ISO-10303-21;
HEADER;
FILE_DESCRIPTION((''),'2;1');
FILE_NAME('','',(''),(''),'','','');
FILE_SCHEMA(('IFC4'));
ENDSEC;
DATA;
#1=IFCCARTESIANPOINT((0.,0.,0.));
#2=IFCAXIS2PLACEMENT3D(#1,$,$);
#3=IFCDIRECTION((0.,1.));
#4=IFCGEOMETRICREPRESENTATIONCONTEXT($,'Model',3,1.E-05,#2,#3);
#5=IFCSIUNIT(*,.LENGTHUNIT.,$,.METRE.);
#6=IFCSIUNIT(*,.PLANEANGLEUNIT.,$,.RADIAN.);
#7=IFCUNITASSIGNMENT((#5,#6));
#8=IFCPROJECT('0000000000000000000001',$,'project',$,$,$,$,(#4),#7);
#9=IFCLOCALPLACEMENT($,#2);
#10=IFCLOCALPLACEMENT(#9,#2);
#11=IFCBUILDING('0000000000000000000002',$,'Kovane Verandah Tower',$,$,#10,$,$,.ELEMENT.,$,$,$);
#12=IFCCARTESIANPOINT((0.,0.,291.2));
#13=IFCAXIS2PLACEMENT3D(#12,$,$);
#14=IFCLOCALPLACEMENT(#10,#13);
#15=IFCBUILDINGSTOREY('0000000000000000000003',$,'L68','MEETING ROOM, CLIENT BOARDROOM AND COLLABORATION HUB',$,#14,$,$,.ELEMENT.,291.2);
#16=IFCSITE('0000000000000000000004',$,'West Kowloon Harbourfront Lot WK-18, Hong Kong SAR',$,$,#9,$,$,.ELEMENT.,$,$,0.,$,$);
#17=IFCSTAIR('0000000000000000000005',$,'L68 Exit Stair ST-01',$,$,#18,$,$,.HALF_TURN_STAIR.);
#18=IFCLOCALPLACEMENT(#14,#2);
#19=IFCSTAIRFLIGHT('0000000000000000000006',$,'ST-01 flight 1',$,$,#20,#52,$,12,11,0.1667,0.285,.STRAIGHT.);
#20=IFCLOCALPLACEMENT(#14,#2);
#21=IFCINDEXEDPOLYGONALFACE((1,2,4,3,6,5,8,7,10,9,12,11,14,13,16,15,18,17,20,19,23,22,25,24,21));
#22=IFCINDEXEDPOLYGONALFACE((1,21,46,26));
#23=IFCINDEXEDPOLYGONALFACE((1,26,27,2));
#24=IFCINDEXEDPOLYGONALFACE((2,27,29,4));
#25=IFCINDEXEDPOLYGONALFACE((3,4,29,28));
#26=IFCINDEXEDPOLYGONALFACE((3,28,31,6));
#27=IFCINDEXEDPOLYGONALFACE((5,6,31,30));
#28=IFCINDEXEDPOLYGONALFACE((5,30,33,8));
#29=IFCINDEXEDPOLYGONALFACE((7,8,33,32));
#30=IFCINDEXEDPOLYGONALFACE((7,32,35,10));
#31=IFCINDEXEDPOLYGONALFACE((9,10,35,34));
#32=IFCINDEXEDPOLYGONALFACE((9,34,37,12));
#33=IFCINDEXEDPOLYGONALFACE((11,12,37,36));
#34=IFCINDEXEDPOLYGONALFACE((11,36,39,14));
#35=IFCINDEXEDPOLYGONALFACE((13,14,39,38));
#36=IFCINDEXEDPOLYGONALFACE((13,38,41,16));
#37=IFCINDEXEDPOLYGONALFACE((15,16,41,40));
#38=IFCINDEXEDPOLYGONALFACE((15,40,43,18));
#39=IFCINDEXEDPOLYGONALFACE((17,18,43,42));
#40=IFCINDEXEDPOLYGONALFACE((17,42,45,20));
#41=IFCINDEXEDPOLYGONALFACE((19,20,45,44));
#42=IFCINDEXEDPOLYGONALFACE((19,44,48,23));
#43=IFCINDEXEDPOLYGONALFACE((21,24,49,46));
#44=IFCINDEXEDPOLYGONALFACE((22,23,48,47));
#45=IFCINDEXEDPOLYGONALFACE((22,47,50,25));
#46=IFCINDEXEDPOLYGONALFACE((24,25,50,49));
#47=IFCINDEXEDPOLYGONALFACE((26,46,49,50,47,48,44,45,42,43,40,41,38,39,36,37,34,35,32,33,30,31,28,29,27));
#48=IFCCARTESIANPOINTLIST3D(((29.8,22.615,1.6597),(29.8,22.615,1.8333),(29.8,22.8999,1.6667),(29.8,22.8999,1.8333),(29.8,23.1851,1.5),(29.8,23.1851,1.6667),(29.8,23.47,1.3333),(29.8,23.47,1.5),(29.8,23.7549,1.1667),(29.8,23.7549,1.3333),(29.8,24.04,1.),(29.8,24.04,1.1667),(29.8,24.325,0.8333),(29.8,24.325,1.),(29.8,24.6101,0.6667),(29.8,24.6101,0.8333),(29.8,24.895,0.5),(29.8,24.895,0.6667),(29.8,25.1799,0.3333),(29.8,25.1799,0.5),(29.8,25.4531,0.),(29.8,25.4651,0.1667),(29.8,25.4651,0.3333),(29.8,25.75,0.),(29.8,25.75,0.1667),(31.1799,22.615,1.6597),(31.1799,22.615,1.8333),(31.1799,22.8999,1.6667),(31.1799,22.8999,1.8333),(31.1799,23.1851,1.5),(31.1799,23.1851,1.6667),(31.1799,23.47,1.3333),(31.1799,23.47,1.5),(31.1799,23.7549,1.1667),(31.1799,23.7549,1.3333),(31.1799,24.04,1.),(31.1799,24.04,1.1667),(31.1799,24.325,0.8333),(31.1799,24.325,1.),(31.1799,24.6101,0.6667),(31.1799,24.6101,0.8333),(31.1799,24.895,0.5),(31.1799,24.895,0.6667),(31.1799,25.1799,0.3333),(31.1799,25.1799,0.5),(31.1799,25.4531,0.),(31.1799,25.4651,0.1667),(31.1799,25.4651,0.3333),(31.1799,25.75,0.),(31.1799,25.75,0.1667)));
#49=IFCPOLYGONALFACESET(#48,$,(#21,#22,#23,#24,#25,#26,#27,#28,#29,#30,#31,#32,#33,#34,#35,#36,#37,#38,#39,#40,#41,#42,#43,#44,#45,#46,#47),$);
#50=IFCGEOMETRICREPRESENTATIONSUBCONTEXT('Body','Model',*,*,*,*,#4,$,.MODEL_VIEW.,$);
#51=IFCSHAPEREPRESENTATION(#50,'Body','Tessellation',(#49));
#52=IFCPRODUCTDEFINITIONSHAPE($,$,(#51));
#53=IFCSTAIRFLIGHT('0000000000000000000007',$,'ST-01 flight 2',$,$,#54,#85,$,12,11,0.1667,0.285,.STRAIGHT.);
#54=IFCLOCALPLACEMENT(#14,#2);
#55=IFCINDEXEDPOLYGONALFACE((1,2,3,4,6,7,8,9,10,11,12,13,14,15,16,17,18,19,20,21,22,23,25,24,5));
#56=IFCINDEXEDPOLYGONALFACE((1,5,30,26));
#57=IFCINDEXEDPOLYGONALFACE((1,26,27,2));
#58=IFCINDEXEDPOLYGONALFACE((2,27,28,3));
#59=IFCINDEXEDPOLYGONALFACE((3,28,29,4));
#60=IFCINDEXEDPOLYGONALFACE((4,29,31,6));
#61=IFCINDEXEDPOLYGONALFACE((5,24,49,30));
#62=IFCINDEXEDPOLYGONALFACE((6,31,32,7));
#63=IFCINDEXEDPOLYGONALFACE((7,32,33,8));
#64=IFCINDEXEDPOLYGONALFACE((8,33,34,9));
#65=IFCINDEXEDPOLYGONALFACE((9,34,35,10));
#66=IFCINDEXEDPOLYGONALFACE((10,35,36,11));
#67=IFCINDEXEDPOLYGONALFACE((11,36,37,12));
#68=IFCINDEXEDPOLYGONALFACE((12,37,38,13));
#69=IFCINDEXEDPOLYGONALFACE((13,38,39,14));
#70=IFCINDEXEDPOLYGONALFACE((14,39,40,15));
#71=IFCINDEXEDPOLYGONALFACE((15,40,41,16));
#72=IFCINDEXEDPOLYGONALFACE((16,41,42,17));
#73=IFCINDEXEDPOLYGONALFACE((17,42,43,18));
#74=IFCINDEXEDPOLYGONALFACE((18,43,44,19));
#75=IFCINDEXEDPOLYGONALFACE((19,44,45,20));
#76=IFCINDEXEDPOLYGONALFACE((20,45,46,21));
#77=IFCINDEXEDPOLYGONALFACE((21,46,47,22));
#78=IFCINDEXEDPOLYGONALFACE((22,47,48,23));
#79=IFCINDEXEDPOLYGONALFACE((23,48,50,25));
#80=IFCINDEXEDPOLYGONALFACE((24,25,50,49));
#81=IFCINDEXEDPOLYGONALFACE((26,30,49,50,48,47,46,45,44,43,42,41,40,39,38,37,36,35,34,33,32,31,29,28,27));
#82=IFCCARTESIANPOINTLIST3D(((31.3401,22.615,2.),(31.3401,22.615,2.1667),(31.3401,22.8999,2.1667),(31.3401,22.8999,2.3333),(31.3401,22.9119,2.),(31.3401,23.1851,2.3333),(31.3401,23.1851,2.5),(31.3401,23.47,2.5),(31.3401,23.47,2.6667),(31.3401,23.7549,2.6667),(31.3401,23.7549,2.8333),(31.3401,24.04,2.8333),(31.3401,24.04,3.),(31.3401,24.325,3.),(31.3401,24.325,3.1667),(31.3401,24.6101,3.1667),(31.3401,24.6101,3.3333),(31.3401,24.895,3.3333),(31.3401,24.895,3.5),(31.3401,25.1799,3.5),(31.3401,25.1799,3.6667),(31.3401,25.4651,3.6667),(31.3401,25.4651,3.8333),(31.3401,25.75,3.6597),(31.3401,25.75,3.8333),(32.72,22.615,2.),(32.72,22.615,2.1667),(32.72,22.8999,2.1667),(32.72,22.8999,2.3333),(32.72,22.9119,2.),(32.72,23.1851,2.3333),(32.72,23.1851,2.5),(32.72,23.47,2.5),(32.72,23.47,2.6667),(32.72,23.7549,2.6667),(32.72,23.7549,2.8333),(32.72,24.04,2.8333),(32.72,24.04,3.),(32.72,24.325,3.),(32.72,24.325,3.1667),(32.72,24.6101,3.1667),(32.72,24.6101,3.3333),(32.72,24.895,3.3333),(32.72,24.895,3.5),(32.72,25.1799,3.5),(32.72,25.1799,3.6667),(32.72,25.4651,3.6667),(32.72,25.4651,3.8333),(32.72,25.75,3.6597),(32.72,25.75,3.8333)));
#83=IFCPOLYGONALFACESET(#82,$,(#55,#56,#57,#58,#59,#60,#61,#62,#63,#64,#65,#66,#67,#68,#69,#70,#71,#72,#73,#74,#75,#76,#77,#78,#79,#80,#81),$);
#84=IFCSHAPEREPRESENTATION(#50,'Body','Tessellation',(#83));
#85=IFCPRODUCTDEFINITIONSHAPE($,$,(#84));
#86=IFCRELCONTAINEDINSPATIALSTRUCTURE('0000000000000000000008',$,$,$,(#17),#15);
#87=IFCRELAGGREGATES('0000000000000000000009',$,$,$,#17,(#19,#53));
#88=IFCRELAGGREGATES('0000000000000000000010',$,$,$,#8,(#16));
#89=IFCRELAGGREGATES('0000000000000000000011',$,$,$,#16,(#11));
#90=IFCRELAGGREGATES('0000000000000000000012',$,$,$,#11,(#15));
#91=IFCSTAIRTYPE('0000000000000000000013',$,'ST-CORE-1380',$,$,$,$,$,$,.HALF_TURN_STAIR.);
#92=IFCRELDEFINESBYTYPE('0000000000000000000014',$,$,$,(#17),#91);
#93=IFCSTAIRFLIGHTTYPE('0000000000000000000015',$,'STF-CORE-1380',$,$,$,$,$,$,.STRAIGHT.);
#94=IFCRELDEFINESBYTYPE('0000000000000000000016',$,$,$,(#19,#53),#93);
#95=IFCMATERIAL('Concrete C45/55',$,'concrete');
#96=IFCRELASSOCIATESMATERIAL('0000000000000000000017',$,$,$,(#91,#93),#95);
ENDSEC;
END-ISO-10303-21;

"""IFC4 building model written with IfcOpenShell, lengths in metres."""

from ifc_helpers import new_model, si_unit, direction, frame, origin, place, context, subcontext, project, spatial, polyline, outline, extrude, material, type_object, element, aggregate, save


model = new_model("IFC4")

# Units and contexts
model_context = context("Model", 3, precision=1e-05, world=origin(), true_north=direction((0.0, 1.0)))
body_context = subcontext(model_context, "Body", "Model", "MODEL_VIEW")
ifc_project = project(units=[si_unit("LENGTHUNIT", "METRE"), si_unit("PLANEANGLEUNIT", "RADIAN")], contexts=[model_context])

# Site, building, storey
site_placement = place(None, origin())
site = spatial("IfcSite", under=ifc_project, at=site_placement, Name="West Kowloon Harbourfront Lot WK-18, Hong Kong SAR", CompositionType="ELEMENT", RefElevation=0.0)
building_placement = place(site_placement, origin())
building = spatial("IfcBuilding", under=site, at=building_placement, Name="Kovane Verandah Tower", CompositionType="ELEMENT")
storey_placement = place(building_placement, frame((0.0, 0.0, 291.2)))
storey = spatial("IfcBuildingStorey", under=building, at=storey_placement, Name="L68", Description="MEETING ROOM, CLIENT BOARDROOM AND COLLABORATION HUB", CompositionType="ELEMENT", Elevation=291.2)

# Shared definitions
ifc_material_1 = material(Name="Concrete C45/55", Category="concrete")

# Stair, stair flights
stair_type = type_object("IfcStairType", Name="ST-CORE-1380", PredefinedType="HALF_TURN_STAIR", material=ifc_material_1)
stair_placement = place(storey_placement, origin())
stair = element("IfcStair", 1, at=stair_placement, inside=storey, type_object=stair_type, Name="L68 Exit Stair ST-01", PredefinedType="HALF_TURN_STAIR")
stair_flight_type = type_object("IfcStairFlightType", Name="STF-CORE-1380", PredefinedType="STRAIGHT", material=ifc_material_1)
stair_flight_1_placement = place(storey_placement, frame((30.49, 25.75, 0.0), z_axis=(0.0, 0.0, 1.0), x_axis=(0.0, -1.0, 0.0)))
stair_flight_1 = element("IfcStairFlight", 2, at=stair_flight_1_placement, type_object=stair_flight_type, Name="ST-01 flight 1", NumberOfRisers=12, NumberOfTreads=11, PredefinedType="STRAIGHT", RiserHeight=0.1667, TreadLength=0.285, context=body_context, shape_type="SweptSolid", body=[
    extrude(outline(polyline([(0.0, 0.0), (0.0, 0.1667), (0.2849, 0.1667), (0.2849, 0.3333), (0.5701, 0.3333), (0.5701, 0.5), (0.855, 0.5), (0.855, 0.6667), (1.1399, 0.6667), (1.1399, 0.8333), (1.425, 0.8333), (1.425, 1.0), (1.71, 1.0), (1.71, 1.1667), (1.9951, 1.1667), (1.9951, 1.3333), (2.28, 1.3333), (2.28, 1.5), (2.5649, 1.5), (2.5649, 1.6667), (2.8501, 1.6667), (2.8501, 1.8333), (3.135, 1.8333), (3.135, 2.0), (3.135, 1.6597), (0.2969, 0.0), (0.0, 0.0)])), frame((0.0, 0.6899, 0.0), z_axis=(0.0, -1.0, 0.0), x_axis=(1.0, 0.0, 0.0)), (0.0, 0.0, 1.0), 1.3799),
])
stair_flight_2_placement = place(storey_placement, frame((32.03, 22.615, 2.0), z_axis=(0.0, 0.0, 1.0), x_axis=(0.0, 1.0, 0.0)))
stair_flight_2 = element("IfcStairFlight", 3, at=stair_flight_2_placement, type_object=stair_flight_type, Name="ST-01 flight 2", NumberOfRisers=12, NumberOfTreads=11, PredefinedType="STRAIGHT", RiserHeight=0.1667, TreadLength=0.285, context=body_context, shape_type="SweptSolid", body=[
    extrude(outline(polyline([(0.0, 0.0), (0.0, 0.1667), (0.2849, 0.1667), (0.2849, 0.3333), (0.5701, 0.3333), (0.5701, 0.5), (0.855, 0.5), (0.855, 0.6667), (1.1399, 0.6667), (1.1399, 0.8333), (1.425, 0.8333), (1.425, 1.0), (1.71, 1.0), (1.71, 1.1667), (1.9951, 1.1667), (1.9951, 1.3333), (2.28, 1.3333), (2.28, 1.5), (2.5649, 1.5), (2.5649, 1.6667), (2.8501, 1.6667), (2.8501, 1.8333), (3.135, 1.8333), (3.135, 2.0), (3.135, 1.6597), (0.2969, 0.0), (0.0, 0.0)])), frame((0.0, 0.6899, 0.0), z_axis=(0.0, -1.0, 0.0), x_axis=(1.0, 0.0, 0.0)), (0.0, 0.0, 1.0), 1.3799),
])
aggregate(stair, [stair_flight_1, stair_flight_2])

save(model, "model.ifc")
